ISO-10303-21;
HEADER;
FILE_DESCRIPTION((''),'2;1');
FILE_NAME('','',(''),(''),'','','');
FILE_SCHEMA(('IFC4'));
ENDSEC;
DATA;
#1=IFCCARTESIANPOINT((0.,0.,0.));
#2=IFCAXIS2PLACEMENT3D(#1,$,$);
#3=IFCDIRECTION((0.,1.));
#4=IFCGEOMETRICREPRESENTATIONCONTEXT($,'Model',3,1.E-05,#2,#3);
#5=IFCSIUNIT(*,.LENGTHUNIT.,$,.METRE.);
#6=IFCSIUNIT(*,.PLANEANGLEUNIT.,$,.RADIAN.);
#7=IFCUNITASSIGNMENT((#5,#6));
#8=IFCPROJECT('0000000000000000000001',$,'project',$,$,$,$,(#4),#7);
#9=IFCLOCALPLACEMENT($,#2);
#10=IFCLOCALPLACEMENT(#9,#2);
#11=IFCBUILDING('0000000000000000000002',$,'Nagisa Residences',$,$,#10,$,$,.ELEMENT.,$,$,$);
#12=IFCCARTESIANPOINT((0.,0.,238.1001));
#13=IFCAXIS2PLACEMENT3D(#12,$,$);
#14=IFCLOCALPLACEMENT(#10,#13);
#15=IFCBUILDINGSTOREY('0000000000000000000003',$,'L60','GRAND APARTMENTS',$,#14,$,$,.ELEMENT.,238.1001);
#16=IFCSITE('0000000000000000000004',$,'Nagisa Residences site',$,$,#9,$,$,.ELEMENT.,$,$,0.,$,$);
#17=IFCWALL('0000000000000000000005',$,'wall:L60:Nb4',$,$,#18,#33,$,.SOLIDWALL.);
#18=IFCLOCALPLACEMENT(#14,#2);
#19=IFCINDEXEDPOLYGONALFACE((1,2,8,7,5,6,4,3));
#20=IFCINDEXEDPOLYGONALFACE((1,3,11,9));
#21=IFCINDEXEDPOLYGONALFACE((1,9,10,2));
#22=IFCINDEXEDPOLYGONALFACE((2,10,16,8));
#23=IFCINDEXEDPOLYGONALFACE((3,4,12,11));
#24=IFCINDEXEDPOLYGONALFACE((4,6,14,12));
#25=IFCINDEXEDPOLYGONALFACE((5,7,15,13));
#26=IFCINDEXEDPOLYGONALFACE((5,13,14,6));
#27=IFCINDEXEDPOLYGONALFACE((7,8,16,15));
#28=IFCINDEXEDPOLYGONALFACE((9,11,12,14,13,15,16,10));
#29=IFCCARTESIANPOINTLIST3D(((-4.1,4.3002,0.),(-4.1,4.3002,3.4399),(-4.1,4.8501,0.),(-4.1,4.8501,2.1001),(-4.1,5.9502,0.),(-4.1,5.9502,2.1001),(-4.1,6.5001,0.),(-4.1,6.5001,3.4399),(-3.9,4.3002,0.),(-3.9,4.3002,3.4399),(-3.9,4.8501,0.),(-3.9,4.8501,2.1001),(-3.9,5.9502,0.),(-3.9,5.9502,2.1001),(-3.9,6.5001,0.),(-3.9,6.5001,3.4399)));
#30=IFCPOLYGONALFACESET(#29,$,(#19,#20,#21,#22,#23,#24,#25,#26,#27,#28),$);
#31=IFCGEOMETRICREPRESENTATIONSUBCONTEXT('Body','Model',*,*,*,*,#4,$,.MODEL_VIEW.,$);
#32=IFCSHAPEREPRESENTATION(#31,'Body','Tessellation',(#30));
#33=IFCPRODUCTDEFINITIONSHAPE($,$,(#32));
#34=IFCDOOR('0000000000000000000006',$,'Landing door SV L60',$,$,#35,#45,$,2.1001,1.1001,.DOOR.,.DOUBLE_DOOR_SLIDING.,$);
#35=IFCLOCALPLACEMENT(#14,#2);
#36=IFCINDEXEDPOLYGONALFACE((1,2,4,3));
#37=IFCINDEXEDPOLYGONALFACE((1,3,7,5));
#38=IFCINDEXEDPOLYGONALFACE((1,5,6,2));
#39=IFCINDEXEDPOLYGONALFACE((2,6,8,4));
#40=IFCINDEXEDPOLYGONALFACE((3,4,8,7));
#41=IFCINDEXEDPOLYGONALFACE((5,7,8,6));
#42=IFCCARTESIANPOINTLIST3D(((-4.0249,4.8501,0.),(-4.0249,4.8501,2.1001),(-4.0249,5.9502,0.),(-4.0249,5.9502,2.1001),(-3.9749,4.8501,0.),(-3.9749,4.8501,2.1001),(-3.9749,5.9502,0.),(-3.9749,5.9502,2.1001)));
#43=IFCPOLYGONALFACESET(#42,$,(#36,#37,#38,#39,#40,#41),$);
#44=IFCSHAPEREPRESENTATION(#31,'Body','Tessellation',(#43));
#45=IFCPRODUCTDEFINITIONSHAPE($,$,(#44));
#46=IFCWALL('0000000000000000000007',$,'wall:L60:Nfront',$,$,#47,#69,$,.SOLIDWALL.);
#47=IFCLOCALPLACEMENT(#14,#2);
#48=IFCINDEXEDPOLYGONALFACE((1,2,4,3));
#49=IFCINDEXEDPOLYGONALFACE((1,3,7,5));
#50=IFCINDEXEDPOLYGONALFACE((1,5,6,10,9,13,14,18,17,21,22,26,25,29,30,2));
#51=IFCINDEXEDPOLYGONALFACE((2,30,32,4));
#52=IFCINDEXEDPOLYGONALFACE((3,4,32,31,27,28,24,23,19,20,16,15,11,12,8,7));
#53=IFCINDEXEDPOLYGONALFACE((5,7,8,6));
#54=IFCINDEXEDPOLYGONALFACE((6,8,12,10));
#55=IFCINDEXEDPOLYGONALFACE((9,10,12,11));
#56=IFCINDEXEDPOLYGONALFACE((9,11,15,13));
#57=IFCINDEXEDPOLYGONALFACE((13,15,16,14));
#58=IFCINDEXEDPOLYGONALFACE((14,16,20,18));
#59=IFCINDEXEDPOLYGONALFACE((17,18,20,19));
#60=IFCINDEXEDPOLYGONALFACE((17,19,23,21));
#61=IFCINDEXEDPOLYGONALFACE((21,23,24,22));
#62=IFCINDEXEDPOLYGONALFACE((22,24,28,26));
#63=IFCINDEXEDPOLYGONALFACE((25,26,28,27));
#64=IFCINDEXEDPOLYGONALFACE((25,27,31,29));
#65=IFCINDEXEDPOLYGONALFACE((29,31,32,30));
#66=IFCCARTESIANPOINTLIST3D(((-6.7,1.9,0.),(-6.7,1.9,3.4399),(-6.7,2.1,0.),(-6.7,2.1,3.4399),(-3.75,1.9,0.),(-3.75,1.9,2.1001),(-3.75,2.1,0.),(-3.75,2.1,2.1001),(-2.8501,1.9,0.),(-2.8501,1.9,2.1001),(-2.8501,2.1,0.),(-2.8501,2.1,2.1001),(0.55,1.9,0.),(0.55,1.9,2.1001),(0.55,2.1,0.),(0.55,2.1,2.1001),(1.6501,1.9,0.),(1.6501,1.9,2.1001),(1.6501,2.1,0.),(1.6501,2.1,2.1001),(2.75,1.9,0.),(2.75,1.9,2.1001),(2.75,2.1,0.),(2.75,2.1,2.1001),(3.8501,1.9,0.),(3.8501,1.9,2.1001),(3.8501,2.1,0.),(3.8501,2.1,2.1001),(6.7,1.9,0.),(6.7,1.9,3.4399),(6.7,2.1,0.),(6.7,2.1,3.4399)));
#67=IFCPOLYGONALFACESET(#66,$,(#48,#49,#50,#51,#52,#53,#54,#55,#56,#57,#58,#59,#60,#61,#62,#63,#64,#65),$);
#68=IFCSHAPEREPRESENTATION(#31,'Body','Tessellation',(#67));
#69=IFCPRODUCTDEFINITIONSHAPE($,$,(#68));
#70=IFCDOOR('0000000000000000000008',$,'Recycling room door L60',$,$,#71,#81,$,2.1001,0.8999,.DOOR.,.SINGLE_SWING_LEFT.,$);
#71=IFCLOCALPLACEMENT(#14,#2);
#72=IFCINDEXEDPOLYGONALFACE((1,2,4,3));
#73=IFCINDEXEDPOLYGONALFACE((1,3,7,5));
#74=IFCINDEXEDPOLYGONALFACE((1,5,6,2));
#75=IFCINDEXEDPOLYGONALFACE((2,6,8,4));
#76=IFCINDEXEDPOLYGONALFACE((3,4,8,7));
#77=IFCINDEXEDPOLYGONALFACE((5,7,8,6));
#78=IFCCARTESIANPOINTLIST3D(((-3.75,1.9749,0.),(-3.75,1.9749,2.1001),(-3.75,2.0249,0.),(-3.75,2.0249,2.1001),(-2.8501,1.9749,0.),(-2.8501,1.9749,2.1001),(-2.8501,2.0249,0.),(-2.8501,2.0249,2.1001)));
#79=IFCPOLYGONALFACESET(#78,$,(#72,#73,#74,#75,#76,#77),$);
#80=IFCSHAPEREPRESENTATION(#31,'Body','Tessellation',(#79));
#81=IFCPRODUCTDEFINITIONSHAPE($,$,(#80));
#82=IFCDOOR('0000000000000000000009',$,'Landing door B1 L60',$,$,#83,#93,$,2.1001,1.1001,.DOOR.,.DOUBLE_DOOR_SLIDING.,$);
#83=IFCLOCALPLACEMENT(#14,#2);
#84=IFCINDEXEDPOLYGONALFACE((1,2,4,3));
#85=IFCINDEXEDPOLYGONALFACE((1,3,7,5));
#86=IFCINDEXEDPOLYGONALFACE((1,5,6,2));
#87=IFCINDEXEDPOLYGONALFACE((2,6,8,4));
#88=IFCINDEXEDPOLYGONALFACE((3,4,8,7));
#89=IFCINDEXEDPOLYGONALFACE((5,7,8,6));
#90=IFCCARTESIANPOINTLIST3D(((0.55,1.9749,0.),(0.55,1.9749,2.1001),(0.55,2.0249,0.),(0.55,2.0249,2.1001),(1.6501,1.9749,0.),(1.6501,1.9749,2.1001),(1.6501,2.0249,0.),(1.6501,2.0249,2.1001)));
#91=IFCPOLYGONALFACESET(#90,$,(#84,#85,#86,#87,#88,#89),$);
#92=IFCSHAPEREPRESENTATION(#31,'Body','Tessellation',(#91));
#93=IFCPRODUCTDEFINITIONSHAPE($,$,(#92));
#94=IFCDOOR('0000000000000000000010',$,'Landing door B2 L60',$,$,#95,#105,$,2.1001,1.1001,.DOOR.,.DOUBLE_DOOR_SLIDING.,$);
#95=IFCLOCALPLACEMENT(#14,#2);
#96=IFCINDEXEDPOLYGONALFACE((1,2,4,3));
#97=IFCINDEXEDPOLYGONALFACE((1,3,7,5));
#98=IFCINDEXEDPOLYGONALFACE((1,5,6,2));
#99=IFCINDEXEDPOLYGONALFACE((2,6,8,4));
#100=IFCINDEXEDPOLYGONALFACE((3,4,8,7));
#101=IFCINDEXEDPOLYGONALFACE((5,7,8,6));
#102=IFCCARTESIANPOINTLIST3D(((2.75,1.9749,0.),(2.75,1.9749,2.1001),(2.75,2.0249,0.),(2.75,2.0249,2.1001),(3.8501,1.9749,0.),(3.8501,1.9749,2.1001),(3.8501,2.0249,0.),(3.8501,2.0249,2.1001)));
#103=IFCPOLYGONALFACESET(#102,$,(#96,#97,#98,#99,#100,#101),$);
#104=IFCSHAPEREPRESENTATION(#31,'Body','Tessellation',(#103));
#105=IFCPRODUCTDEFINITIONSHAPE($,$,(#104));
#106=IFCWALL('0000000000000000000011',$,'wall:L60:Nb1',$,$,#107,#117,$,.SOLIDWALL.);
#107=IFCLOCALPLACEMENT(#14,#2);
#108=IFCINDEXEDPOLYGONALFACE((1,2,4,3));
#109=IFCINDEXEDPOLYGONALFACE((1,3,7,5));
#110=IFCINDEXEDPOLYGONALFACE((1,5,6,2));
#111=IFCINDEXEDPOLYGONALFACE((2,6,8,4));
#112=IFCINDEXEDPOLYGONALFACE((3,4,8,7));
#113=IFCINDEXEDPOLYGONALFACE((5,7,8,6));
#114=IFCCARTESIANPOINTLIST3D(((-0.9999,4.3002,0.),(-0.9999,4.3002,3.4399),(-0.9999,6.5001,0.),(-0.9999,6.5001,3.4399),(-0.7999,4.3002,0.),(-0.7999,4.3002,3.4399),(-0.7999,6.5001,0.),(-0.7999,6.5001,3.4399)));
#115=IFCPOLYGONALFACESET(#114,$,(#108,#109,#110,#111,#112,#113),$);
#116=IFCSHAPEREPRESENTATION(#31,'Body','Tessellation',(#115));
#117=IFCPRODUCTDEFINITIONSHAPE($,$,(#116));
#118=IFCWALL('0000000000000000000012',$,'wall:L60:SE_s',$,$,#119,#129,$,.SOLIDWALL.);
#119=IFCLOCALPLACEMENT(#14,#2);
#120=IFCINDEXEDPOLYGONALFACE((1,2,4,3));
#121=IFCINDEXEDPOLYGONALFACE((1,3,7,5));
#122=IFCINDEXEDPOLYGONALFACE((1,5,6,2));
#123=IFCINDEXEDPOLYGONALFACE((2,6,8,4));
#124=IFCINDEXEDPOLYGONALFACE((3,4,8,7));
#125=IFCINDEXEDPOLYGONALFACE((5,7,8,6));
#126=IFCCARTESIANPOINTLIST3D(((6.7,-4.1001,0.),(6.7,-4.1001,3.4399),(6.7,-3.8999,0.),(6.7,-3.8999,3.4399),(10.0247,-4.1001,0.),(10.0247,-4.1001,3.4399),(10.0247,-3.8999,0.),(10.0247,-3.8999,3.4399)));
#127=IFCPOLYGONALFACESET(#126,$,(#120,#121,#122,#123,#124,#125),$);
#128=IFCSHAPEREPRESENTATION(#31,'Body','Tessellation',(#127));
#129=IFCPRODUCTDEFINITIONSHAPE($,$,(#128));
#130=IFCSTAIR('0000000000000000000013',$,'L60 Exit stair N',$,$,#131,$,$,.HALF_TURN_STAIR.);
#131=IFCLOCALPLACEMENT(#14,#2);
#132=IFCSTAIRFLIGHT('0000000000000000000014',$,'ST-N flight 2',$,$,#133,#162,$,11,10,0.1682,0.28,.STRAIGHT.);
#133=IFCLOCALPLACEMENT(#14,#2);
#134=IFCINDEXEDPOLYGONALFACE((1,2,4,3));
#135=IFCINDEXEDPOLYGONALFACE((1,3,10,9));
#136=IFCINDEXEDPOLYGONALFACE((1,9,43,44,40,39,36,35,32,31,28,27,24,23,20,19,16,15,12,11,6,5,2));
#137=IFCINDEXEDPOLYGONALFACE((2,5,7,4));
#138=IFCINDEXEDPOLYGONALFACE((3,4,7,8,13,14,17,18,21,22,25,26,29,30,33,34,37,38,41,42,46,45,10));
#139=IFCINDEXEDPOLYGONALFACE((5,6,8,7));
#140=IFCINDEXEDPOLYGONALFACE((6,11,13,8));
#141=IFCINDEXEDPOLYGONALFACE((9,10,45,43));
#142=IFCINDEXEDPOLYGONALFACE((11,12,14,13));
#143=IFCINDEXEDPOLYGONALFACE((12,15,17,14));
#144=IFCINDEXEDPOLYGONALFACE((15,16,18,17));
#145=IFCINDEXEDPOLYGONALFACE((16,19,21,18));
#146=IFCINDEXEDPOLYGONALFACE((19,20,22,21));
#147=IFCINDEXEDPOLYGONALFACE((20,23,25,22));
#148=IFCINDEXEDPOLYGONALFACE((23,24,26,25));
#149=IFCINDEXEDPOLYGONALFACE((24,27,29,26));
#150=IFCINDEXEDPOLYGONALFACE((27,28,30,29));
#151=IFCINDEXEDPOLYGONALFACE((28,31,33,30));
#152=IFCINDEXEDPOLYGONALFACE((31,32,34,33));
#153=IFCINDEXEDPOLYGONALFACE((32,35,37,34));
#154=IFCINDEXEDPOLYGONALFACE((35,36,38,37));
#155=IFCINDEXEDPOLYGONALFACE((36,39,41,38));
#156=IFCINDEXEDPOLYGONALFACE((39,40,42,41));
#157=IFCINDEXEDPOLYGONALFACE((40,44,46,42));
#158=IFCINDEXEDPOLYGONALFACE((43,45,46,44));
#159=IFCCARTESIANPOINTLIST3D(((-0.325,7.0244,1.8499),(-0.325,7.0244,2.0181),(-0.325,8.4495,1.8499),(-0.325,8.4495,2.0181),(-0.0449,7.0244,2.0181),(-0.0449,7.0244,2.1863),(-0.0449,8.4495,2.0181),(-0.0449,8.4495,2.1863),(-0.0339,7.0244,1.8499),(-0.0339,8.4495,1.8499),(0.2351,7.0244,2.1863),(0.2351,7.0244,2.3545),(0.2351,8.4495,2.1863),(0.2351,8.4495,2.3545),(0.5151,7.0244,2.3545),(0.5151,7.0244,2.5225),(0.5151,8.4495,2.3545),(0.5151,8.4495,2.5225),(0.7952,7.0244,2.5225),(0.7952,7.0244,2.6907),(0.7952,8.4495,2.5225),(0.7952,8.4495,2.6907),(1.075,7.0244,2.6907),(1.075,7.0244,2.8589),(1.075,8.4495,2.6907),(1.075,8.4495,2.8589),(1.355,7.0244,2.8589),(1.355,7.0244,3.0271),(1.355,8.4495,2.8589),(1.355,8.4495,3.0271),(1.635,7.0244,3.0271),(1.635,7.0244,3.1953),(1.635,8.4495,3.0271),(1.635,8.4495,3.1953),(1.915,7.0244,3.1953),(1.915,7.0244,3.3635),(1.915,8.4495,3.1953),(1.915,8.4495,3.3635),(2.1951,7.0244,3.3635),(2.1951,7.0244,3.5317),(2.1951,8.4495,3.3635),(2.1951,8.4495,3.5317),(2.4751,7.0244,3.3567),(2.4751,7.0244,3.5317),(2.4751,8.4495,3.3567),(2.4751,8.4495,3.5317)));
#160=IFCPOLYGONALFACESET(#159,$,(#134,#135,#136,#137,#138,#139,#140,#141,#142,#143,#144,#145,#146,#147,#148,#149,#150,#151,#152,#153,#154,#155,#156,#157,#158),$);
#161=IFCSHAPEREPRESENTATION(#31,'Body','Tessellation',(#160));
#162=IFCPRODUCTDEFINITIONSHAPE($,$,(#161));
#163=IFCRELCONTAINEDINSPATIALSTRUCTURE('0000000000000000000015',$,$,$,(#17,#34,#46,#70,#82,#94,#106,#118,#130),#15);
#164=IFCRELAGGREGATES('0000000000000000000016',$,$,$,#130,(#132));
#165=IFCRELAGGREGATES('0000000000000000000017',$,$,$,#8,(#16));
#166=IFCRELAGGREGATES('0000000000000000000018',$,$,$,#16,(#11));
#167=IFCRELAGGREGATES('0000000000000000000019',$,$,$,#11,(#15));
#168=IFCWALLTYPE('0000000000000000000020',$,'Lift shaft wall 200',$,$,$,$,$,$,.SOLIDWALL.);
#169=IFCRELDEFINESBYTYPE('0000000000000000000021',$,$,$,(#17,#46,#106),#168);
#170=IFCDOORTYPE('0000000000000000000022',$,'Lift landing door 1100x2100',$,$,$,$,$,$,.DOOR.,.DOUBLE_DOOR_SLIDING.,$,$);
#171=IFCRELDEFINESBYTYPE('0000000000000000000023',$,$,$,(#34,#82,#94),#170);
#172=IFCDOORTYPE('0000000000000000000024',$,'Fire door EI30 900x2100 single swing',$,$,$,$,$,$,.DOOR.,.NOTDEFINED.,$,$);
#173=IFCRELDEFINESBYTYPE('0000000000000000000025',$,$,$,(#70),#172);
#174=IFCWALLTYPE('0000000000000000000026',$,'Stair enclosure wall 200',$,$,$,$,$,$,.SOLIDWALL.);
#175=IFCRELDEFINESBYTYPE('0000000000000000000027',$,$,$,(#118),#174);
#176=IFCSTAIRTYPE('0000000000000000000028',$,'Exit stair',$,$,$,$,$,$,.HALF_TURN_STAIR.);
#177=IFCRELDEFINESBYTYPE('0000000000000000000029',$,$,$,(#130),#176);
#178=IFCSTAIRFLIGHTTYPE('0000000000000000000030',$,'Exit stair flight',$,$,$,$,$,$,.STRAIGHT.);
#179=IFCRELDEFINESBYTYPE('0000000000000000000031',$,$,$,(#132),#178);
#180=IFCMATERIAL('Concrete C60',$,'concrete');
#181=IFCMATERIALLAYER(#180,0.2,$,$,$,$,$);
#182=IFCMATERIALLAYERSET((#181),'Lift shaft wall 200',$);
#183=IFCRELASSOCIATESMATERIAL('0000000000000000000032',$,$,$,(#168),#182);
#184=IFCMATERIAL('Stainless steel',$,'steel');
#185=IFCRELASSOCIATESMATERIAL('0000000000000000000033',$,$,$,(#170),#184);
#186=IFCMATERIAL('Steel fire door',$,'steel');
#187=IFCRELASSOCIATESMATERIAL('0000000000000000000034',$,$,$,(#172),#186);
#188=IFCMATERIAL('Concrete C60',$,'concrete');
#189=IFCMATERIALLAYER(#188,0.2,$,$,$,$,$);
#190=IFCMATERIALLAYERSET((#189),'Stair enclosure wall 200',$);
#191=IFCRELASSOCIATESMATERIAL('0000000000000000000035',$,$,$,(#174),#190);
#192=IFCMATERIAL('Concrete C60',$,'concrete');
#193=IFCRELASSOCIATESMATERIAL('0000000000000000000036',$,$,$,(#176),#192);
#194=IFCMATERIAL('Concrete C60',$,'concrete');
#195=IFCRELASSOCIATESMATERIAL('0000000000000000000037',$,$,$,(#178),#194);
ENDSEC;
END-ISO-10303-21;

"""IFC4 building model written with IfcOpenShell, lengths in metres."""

from ifc_helpers import new_model, si_unit, direction, frame, frame_2d, origin, place, context, subcontext, project, spatial, polyline, rectangle, outline, extrude, material, layer, layer_set, type_object, element, fill, aggregate, save


model = new_model("IFC4")

# Units and contexts
model_context = context("Model", 3, precision=1e-05, world=origin(), true_north=direction((0.0, 1.0)))
body_context = subcontext(model_context, "Body", "Model", "MODEL_VIEW")
ifc_project = project(units=[si_unit("LENGTHUNIT", "METRE"), si_unit("PLANEANGLEUNIT", "RADIAN")], contexts=[model_context])

# Site, building, storey
site_placement = place(None, origin())
site = spatial("IfcSite", under=ifc_project, at=site_placement, Name="Nagisa Residences site", CompositionType="ELEMENT", RefElevation=0.0)
building_placement = place(site_placement, origin())
building = spatial("IfcBuilding", under=site, at=building_placement, Name="Nagisa Residences", CompositionType="ELEMENT")
storey_placement = place(building_placement, frame((0.0, 0.0, 238.1001)))
storey = spatial("IfcBuildingStorey", under=building, at=storey_placement, Name="L60", Description="GRAND APARTMENTS", CompositionType="ELEMENT", Elevation=238.1001)

# Wall, opening, door
ifc_material_1 = material(Name="Concrete C60", Category="concrete")
ifc_layer_1 = layer(ifc_material_1, 0.2)
ifc_layer_set_1 = layer_set([ifc_layer_1], Name="Lift shaft wall 200")
wall_type_1 = type_object("IfcWallType", Name="Lift shaft wall 200", PredefinedType="SOLIDWALL", material=ifc_layer_set_1)
wall_1_placement = place(storey_placement, frame((-4.0, 4.3, 0.0), z_axis=(0.0, 0.0, 1.0), x_axis=(0.0, 1.0, 0.0)))
wall_1 = element("IfcWall", 1, at=wall_1_placement, inside=storey, type_object=wall_type_1, Name="wall:L60:Nb4", PredefinedType="SOLIDWALL", context=body_context, shape_type="SweptSolid", body=[
    extrude(rectangle(XDim=2.2, YDim=0.2, at=frame_2d((1.1001, 0.0))), origin(), (0.0, 0.0, 1.0), 3.4399),
])
opening_1_placement = place(wall_1_placement, frame((0.55, 0.0, 0.0)))
opening_1 = element("IfcOpeningElement", 2, at=opening_1_placement, cuts=wall_1, PredefinedType="OPENING", context=body_context, shape_type="SweptSolid", body=[
    extrude(rectangle(XDim=1.1001, YDim=2.1001, at=frame_2d((0.55, 1.05))), frame((0.0, 0.1099, 0.0), z_axis=(0.0, -1.0, 0.0), x_axis=(1.0, 0.0, 0.0)), (0.0, 0.0, 1.0), 0.22),
])
ifc_material_2 = material(Name="Stainless steel", Category="steel")
door_type_1 = type_object("IfcDoorType", Name="Lift landing door 1100x2100", OperationType="DOUBLE_DOOR_SLIDING", PredefinedType="DOOR", material=ifc_material_2)
door_1_placement = place(opening_1_placement, origin())
door_1 = element("IfcDoor", 3, at=door_1_placement, inside=storey, type_object=door_type_1, Name="Landing door SV L60", OperationType="DOUBLE_DOOR_SLIDING", OverallHeight=2.1001, OverallWidth=1.1001, PredefinedType="DOOR", context=body_context, shape_type="SweptSolid", body=[
    extrude(rectangle(XDim=1.1001, YDim=2.1001, at=frame_2d((0.55, 1.05))), frame((0.0, 0.0249, 0.0), z_axis=(0.0, -1.0, 0.0), x_axis=(1.0, 0.0, 0.0)), (0.0, 0.0, 1.0), 0.05),
])
fill(opening_1, door_1)

# Wall, openings, doors
wall_2_placement = place(storey_placement, frame((-6.7, 2.0, 0.0), z_axis=(0.0, 0.0, 1.0), x_axis=(1.0, 0.0, 0.0)))
wall_2 = element("IfcWall", 4, at=wall_2_placement, inside=storey, type_object=wall_type_1, Name="wall:L60:Nfront", PredefinedType="SOLIDWALL", context=body_context, shape_type="SweptSolid", body=[
    extrude(rectangle(XDim=13.3999, YDim=0.2, at=frame_2d((6.7, 0.0))), origin(), (0.0, 0.0, 1.0), 3.4399),
])
opening_2_placement = place(wall_2_placement, frame((7.25, 0.0, 0.0)))
opening_2 = element("IfcOpeningElement", 5, at=opening_2_placement, cuts=wall_2, PredefinedType="OPENING", context=body_context, shape_type="SweptSolid", body=[
    extrude(rectangle(XDim=1.1001, YDim=2.1001, at=frame_2d((0.55, 1.05))), frame((0.0, 0.1099, 0.0), z_axis=(0.0, -1.0, 0.0), x_axis=(1.0, 0.0, 0.0)), (0.0, 0.0, 1.0), 0.22),
])
opening_3_placement = place(wall_2_placement, frame((9.45, 0.0, 0.0)))
opening_3 = element("IfcOpeningElement", 6, at=opening_3_placement, cuts=wall_2, PredefinedType="OPENING", context=body_context, shape_type="SweptSolid", body=[
    extrude(rectangle(XDim=1.1001, YDim=2.1001, at=frame_2d((0.55, 1.05))), frame((0.0, 0.1099, 0.0), z_axis=(0.0, -1.0, 0.0), x_axis=(1.0, 0.0, 0.0)), (0.0, 0.0, 1.0), 0.22),
])
opening_4_placement = place(wall_2_placement, frame((2.95, 0.0, 0.0)))
opening_4 = element("IfcOpeningElement", 7, at=opening_4_placement, cuts=wall_2, PredefinedType="OPENING", context=body_context, shape_type="SweptSolid", body=[
    extrude(rectangle(XDim=0.8999, YDim=2.1001, at=frame_2d((0.45, 1.05))), frame((0.0, 0.1099, 0.0), z_axis=(0.0, -1.0, 0.0), x_axis=(1.0, 0.0, 0.0)), (0.0, 0.0, 1.0), 0.22),
])
ifc_material_3 = material(Name="Steel fire door", Category="steel")
door_type_2 = type_object("IfcDoorType", Name="Fire door EI30 900x2100 single swing", OperationType="NOTDEFINED", PredefinedType="DOOR", material=ifc_material_3)
door_2_placement = place(opening_4_placement, origin())
door_2 = element("IfcDoor", 8, at=door_2_placement, inside=storey, type_object=door_type_2, Name="Recycling room door L60", OperationType="SINGLE_SWING_LEFT", OverallHeight=2.1001, OverallWidth=0.8999, PredefinedType="DOOR", context=body_context, shape_type="SweptSolid", body=[
    extrude(rectangle(XDim=0.8999, YDim=2.1001, at=frame_2d((0.45, 1.05))), frame((0.0, 0.0249, 0.0), z_axis=(0.0, -1.0, 0.0), x_axis=(1.0, 0.0, 0.0)), (0.0, 0.0, 1.0), 0.05),
])
fill(opening_4, door_2)
door_3_placement = place(opening_2_placement, origin())
door_3 = element("IfcDoor", 9, at=door_3_placement, inside=storey, type_object=door_type_1, Name="Landing door B1 L60", OperationType="DOUBLE_DOOR_SLIDING", OverallHeight=2.1001, OverallWidth=1.1001, PredefinedType="DOOR", context=body_context, shape_type="SweptSolid", body=[
    extrude(rectangle(XDim=1.1001, YDim=2.1001, at=frame_2d((0.55, 1.05))), frame((0.0, 0.0249, 0.0), z_axis=(0.0, -1.0, 0.0), x_axis=(1.0, 0.0, 0.0)), (0.0, 0.0, 1.0), 0.05),
])
fill(opening_2, door_3)
door_4_placement = place(opening_3_placement, origin())
door_4 = element("IfcDoor", 10, at=door_4_placement, inside=storey, type_object=door_type_1, Name="Landing door B2 L60", OperationType="DOUBLE_DOOR_SLIDING", OverallHeight=2.1001, OverallWidth=1.1001, PredefinedType="DOOR", context=body_context, shape_type="SweptSolid", body=[
    extrude(rectangle(XDim=1.1001, YDim=2.1001, at=frame_2d((0.55, 1.05))), frame((0.0, 0.0249, 0.0), z_axis=(0.0, -1.0, 0.0), x_axis=(1.0, 0.0, 0.0)), (0.0, 0.0, 1.0), 0.05),
])
fill(opening_3, door_4)

# Walls
wall_3_placement = place(storey_placement, frame((-0.8999, 4.3, 0.0), z_axis=(0.0, 0.0, 1.0), x_axis=(0.0, 1.0, 0.0)))
element("IfcWall", 11, at=wall_3_placement, inside=storey, type_object=wall_type_1, Name="wall:L60:Nb1", PredefinedType="SOLIDWALL", context=body_context, shape_type="SweptSolid", body=[
    extrude(rectangle(XDim=2.2, YDim=0.2, at=frame_2d((1.1001, 0.0))), origin(), (0.0, 0.0, 1.0), 3.4399),
])
ifc_material_4 = material(Name="Concrete C60", Category="concrete")
ifc_layer_2 = layer(ifc_material_4, 0.2)
ifc_layer_set_2 = layer_set([ifc_layer_2], Name="Stair enclosure wall 200")
wall_type_2 = type_object("IfcWallType", Name="Stair enclosure wall 200", PredefinedType="SOLIDWALL", material=ifc_layer_set_2)
wall_4_placement = place(storey_placement, origin())
element("IfcWall", 12, at=wall_4_placement, inside=storey, type_object=wall_type_2, Name="wall:L60:SE_s", PredefinedType="SOLIDWALL", context=body_context, shape_type="SweptSolid", body=[
    extrude(outline(polyline([(10.0247, -4.1001), (6.7, -4.1001), (6.7, -3.8999), (10.0247, -3.8999), (10.0247, -4.1001)])), origin(), (0.0, 0.0, 1.0), 3.4399),
])

# Stair, stair flight
ifc_material_5 = material(Name="Concrete C60", Category="concrete")
stair_type = type_object("IfcStairType", Name="Exit stair", PredefinedType="HALF_TURN_STAIR", material=ifc_material_5)
stair_placement = place(storey_placement, origin())
stair = element("IfcStair", 13, at=stair_placement, inside=storey, type_object=stair_type, Name="L60 Exit stair N", PredefinedType="HALF_TURN_STAIR")
ifc_material_6 = material(Name="Concrete C60", Category="concrete")
stair_flight_type = type_object("IfcStairFlightType", Name="Exit stair flight", PredefinedType="STRAIGHT", material=ifc_material_6)
stair_flight_placement = place(storey_placement, frame((-0.325, 7.7371, 1.8499), z_axis=(0.0, 0.0, 1.0), x_axis=(1.0, 0.0, 0.0)))
stair_flight = element("IfcStairFlight", 14, at=stair_flight_placement, type_object=stair_flight_type, Name="ST-N flight 2", NumberOfRisers=11, NumberOfTreads=10, PredefinedType="STRAIGHT", RiserHeight=0.1682, TreadLength=0.28, context=body_context, shape_type="SweptSolid", body=[
    extrude(outline(polyline([(0.0, 0.0), (0.0, 0.1682), (0.28, 0.1682), (0.28, 0.3364), (0.5601, 0.3364), (0.5601, 0.5046), (0.8401, 0.5046), (0.8401, 0.6726), (1.1201, 0.6726), (1.1201, 0.8408), (1.3999, 0.8408), (1.3999, 1.009), (1.6799, 1.009), (1.6799, 1.1772), (1.96, 1.1772), (1.96, 1.3455), (2.24, 1.3455), (2.24, 1.5137), (2.52, 1.5137), (2.52, 1.6819), (2.8, 1.6819), (2.8, 1.8501), (2.8, 1.5068), (0.291, 0.0), (0.0, 0.0)])), frame((0.0, 0.7124, 0.0), z_axis=(0.0, -1.0, 0.0), x_axis=(1.0, 0.0, 0.0)), (0.0, 0.0, 1.0), 1.425),
])
aggregate(stair, [stair_flight])

save(model, "model.ifc")
